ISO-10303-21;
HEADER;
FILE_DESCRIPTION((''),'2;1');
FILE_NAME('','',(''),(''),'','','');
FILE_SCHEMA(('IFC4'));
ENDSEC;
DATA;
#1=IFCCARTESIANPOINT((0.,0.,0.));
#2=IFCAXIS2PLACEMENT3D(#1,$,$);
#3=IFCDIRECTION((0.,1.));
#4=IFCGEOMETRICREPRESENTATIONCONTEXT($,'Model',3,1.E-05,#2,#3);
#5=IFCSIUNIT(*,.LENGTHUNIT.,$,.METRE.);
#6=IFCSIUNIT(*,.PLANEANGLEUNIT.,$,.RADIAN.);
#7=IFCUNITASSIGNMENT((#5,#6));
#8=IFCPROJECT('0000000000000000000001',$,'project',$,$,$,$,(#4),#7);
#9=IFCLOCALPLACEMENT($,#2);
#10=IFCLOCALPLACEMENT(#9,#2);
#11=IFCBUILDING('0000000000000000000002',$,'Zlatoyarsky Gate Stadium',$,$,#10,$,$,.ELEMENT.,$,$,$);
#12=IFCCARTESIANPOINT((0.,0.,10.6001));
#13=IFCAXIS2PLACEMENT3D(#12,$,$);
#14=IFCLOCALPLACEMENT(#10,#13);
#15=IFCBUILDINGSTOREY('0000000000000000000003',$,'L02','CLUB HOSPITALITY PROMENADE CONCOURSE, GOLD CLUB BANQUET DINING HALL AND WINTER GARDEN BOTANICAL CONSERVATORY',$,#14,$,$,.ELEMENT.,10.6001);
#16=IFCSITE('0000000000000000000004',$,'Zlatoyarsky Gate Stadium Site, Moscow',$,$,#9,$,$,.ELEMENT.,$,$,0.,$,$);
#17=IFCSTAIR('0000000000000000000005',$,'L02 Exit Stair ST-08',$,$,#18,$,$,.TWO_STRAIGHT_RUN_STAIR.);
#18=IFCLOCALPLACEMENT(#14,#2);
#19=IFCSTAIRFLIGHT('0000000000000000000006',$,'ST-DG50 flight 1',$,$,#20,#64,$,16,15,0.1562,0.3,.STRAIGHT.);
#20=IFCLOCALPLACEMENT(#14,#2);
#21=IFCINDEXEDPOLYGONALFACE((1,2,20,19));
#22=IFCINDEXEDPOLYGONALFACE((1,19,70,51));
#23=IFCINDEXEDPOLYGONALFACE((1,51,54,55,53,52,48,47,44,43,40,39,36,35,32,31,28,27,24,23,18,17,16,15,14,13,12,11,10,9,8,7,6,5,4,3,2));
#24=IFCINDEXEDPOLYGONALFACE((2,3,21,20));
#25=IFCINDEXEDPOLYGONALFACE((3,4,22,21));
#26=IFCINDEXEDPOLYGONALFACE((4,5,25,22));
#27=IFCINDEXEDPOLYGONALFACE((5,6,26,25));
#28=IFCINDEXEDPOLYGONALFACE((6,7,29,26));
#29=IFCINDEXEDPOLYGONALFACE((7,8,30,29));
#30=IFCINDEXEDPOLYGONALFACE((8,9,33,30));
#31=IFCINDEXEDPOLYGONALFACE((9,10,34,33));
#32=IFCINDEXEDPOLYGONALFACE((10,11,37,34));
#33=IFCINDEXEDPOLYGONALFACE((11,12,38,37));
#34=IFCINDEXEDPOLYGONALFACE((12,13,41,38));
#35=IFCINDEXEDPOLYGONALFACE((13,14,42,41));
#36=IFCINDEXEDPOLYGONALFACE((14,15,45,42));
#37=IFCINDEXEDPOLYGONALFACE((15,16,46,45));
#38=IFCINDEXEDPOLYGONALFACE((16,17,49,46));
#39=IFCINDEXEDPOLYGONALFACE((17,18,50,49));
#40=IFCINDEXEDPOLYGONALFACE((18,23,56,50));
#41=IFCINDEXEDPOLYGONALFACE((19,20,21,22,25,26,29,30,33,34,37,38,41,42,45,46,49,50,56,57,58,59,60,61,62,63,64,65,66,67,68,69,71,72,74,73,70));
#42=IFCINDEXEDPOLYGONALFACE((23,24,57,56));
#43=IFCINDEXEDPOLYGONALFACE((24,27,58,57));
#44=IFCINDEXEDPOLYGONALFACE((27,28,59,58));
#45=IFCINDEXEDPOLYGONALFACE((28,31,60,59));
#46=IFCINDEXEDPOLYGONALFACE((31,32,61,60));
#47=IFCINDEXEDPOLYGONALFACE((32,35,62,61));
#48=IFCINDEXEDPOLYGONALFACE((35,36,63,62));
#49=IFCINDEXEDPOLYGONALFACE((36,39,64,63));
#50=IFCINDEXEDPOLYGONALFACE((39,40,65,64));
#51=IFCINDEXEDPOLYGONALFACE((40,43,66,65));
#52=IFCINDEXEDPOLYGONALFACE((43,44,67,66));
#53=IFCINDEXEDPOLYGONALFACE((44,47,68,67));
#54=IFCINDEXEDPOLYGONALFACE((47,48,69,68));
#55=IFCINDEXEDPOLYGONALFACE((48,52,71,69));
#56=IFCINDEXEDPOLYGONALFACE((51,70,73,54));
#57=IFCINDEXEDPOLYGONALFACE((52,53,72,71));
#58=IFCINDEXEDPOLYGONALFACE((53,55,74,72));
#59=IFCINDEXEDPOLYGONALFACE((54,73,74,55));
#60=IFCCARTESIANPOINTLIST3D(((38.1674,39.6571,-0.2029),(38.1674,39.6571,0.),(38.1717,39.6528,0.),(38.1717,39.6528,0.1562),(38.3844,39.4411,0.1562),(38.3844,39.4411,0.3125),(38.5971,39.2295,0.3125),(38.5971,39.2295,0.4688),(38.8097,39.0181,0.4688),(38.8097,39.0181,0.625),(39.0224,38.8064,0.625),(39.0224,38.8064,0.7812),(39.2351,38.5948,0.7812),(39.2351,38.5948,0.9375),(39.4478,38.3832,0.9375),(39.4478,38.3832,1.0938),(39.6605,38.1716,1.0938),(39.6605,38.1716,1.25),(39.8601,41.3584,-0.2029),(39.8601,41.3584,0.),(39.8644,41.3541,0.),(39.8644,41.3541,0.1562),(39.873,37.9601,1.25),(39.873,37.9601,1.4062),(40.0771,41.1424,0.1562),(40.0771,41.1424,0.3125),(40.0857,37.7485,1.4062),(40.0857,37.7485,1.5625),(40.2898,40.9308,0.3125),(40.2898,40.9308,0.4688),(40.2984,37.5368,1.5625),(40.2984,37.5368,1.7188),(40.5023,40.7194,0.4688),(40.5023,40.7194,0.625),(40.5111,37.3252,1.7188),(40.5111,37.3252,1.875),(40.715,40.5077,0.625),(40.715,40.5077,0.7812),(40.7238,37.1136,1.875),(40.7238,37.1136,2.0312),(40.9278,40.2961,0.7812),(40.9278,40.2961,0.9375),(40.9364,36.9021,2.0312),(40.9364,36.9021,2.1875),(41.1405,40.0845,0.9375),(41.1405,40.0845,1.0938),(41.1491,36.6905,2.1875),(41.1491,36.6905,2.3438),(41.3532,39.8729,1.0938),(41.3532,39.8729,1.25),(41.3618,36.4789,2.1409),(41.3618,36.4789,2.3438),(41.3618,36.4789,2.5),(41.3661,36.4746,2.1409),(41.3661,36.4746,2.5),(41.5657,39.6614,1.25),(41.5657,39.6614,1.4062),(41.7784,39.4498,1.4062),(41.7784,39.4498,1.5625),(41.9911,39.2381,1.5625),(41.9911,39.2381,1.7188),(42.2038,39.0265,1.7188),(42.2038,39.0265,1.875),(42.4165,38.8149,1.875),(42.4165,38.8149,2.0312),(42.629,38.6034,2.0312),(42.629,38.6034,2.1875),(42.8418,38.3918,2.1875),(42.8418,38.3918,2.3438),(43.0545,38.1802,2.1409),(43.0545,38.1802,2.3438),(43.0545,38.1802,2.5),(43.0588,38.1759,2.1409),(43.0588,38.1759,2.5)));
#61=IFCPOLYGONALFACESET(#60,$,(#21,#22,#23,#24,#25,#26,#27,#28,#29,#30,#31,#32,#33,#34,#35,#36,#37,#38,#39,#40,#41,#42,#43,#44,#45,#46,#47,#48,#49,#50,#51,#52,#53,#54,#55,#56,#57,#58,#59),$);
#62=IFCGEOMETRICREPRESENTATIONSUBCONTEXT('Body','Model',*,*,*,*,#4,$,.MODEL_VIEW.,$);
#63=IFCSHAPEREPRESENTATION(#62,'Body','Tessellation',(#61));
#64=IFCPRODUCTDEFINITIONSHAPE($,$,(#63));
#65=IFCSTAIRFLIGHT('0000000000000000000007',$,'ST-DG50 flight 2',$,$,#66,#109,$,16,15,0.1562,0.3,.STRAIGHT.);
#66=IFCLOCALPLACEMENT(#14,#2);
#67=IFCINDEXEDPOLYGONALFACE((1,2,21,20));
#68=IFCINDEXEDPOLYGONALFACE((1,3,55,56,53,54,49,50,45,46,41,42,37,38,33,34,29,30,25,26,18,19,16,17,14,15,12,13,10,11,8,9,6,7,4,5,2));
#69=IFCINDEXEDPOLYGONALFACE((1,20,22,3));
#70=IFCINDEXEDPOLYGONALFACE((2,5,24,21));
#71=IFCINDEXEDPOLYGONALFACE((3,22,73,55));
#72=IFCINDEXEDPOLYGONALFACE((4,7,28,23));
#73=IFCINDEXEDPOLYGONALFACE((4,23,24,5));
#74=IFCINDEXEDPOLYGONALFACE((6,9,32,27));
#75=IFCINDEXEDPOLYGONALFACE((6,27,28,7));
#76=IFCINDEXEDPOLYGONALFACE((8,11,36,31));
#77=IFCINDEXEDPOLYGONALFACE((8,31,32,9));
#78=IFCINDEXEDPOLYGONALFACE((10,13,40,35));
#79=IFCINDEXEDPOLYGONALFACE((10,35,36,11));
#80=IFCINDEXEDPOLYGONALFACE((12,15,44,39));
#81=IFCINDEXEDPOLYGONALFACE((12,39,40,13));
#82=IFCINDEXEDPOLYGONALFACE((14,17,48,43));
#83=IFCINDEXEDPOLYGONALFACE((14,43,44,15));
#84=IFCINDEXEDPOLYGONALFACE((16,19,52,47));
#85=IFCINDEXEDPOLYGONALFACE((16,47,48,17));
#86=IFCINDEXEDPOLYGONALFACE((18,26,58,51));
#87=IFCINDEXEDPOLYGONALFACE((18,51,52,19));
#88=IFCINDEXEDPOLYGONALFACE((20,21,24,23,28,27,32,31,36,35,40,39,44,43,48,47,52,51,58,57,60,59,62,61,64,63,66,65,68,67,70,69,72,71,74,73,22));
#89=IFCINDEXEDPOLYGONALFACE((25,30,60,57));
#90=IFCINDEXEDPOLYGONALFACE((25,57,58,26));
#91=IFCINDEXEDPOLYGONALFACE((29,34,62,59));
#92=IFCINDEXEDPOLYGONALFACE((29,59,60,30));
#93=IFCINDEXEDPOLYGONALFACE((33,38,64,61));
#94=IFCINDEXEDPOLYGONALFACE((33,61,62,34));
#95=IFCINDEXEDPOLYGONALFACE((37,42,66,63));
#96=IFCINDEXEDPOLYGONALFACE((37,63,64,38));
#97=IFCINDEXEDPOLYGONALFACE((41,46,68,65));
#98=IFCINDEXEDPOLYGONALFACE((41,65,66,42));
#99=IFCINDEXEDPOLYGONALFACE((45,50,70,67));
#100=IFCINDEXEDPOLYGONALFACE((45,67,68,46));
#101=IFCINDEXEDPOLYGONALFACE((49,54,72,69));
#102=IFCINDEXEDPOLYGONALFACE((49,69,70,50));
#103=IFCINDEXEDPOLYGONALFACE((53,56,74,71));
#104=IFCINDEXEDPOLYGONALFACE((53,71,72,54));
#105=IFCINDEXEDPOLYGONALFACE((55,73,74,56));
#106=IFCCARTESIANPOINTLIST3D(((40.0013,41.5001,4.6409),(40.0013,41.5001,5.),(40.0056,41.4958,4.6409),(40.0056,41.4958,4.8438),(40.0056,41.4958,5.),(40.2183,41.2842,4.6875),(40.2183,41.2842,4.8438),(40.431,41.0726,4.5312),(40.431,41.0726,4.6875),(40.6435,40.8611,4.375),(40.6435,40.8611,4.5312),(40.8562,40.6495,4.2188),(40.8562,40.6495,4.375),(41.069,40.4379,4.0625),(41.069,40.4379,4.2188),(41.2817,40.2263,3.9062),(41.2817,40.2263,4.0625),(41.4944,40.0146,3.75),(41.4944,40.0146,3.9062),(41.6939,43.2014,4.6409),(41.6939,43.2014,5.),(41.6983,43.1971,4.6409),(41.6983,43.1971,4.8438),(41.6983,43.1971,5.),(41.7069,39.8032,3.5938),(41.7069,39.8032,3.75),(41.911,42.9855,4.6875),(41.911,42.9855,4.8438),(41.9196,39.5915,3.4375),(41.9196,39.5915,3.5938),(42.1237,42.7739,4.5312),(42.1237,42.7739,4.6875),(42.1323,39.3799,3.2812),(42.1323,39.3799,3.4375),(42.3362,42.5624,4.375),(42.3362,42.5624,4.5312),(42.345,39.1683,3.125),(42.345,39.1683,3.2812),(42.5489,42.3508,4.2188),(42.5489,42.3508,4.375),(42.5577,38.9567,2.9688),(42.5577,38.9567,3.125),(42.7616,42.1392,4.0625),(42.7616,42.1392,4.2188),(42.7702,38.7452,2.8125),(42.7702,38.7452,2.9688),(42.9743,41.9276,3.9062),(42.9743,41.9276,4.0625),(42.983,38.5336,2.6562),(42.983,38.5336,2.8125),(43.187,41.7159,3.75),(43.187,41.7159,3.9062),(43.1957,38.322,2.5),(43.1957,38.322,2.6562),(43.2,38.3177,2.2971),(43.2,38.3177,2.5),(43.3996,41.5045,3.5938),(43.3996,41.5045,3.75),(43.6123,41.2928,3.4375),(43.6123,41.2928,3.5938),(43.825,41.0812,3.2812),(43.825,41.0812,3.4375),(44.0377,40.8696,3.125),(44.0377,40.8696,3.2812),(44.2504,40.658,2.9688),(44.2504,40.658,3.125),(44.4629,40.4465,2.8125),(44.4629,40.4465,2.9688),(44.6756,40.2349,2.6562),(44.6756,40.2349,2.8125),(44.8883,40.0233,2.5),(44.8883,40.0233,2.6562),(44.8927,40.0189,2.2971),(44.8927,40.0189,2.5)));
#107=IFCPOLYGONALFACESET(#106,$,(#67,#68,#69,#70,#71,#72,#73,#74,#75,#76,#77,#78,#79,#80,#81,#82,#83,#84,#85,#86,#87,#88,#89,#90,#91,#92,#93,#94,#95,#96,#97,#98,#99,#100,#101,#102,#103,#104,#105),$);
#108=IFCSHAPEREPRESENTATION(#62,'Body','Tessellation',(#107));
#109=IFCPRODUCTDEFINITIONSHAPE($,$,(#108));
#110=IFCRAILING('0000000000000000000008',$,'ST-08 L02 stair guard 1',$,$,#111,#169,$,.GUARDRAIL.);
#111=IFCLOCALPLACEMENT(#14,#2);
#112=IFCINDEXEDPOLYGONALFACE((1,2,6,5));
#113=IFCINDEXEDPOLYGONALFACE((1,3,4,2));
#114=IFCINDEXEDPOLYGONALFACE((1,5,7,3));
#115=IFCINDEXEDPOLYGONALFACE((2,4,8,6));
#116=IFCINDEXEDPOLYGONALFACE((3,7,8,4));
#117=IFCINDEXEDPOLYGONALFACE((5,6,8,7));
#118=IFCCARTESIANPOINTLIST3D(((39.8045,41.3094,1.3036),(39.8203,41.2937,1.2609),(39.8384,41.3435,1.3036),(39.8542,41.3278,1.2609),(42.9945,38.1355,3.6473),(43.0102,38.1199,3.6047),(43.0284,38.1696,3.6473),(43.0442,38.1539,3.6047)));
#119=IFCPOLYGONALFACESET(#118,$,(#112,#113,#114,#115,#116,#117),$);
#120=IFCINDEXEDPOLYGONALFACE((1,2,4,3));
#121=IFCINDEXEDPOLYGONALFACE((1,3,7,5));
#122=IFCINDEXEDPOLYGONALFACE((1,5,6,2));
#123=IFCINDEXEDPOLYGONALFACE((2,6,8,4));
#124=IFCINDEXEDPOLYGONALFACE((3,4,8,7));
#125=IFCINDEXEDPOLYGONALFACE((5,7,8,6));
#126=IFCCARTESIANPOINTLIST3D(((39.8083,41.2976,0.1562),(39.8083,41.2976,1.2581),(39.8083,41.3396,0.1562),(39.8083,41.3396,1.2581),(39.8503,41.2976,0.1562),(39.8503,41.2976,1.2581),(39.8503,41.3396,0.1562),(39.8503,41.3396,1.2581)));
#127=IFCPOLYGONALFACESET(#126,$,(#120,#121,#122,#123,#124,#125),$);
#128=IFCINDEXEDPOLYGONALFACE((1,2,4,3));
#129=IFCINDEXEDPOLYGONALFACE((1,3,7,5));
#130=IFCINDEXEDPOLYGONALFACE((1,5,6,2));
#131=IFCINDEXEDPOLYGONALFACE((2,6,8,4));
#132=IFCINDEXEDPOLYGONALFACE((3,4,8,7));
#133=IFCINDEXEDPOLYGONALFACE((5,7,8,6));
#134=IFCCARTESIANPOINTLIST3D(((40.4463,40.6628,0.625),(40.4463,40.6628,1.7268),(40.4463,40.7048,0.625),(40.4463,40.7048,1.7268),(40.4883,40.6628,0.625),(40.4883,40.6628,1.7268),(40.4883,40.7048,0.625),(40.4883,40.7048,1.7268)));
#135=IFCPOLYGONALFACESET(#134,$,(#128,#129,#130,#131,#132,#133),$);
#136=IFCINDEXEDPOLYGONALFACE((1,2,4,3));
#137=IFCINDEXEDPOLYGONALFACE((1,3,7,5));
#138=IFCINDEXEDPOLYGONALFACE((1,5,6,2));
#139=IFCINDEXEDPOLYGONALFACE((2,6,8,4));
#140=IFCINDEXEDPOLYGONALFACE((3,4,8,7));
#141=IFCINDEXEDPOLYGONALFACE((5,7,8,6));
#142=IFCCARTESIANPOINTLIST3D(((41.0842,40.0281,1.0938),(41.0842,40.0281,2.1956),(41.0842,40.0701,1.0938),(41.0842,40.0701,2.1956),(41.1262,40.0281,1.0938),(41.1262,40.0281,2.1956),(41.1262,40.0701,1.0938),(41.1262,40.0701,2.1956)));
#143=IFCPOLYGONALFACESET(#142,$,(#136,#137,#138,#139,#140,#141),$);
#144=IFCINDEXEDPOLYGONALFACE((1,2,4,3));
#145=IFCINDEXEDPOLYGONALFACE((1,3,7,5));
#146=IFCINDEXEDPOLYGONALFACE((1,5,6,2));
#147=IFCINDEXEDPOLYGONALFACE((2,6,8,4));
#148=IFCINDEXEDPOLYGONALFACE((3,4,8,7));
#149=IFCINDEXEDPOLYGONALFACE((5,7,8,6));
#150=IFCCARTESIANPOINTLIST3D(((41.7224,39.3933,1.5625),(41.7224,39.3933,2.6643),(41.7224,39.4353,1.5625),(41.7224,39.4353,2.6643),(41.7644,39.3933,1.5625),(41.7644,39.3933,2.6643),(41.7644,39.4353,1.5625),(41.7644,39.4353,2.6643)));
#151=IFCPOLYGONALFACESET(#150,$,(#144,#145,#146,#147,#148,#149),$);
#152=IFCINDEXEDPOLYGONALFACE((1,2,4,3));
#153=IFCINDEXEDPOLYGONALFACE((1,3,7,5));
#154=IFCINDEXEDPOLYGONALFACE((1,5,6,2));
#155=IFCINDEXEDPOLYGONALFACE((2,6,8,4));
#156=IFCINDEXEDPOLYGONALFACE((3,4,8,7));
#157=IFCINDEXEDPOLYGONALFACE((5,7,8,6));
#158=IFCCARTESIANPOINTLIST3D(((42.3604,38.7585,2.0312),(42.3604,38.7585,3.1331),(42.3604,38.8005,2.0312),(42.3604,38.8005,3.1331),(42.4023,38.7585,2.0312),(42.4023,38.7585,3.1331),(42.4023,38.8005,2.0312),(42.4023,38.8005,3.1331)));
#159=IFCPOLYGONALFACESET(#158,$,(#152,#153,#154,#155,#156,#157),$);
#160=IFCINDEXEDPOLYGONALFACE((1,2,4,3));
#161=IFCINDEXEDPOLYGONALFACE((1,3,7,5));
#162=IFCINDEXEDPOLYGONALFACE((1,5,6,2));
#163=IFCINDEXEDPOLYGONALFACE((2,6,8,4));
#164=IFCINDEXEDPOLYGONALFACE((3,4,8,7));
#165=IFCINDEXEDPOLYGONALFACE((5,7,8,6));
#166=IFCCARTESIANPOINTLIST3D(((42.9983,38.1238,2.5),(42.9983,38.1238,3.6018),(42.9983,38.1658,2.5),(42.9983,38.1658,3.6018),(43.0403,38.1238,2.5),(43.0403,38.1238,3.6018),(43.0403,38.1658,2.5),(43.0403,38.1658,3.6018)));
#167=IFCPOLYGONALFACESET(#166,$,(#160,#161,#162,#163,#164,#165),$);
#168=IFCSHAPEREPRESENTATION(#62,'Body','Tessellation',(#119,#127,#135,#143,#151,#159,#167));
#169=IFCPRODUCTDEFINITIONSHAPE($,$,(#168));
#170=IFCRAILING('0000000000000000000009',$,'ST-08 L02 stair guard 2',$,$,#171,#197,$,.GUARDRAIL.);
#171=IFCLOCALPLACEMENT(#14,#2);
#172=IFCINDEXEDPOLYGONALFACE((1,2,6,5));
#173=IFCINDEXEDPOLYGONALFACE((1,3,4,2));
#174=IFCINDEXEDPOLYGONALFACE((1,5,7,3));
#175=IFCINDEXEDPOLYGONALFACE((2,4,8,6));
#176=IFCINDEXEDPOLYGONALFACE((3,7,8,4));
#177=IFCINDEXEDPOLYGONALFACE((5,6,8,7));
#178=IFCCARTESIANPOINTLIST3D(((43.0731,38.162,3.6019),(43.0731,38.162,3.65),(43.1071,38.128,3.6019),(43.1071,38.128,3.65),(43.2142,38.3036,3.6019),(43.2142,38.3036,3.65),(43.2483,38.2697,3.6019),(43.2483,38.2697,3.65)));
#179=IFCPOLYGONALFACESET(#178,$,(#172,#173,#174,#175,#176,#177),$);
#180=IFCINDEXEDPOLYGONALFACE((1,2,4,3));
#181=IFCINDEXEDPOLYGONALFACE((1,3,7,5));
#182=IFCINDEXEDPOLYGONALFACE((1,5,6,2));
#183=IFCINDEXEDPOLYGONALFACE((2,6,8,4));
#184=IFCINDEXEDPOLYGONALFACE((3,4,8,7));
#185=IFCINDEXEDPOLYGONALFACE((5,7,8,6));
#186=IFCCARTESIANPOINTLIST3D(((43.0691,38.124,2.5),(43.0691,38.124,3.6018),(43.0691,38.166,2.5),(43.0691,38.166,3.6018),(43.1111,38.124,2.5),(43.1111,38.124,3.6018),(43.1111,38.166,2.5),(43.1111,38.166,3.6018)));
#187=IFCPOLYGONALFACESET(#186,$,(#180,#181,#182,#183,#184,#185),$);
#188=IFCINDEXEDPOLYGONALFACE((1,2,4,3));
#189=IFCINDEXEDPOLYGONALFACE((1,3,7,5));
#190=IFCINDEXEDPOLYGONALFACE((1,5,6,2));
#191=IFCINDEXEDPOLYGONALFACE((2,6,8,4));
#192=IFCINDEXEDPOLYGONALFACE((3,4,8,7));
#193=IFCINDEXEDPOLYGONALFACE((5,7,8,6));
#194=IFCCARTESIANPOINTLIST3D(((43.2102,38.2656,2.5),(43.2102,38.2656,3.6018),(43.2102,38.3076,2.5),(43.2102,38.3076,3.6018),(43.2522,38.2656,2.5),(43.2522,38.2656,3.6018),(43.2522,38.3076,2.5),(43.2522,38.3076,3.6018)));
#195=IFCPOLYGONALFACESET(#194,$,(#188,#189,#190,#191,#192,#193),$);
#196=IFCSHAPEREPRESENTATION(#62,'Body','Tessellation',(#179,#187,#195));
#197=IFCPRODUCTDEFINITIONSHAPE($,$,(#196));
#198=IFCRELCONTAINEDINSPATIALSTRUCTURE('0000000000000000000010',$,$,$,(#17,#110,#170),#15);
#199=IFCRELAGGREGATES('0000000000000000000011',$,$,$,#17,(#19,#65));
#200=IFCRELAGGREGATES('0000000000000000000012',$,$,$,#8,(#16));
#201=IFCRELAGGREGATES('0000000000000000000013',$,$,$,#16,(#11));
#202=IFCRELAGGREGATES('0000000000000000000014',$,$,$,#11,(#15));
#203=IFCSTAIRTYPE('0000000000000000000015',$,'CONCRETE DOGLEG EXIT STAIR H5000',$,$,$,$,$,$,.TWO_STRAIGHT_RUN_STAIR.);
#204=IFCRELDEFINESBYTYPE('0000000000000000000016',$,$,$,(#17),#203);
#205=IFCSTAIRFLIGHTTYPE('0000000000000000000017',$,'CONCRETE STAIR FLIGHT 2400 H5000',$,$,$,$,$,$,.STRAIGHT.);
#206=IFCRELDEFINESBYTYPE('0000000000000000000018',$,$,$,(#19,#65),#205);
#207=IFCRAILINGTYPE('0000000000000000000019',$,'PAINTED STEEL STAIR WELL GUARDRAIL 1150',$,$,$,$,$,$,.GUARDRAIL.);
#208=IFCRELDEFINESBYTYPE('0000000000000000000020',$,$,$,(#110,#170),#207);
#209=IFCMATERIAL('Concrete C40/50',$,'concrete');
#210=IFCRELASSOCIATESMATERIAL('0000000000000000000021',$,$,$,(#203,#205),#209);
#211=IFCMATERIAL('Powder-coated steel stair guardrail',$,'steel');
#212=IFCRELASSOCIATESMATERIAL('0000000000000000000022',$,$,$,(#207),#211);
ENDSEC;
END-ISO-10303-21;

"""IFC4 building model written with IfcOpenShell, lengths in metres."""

from ifc_helpers import new_model, si_unit, direction, frame, origin, origin_2d, place, context, subcontext, project, spatial, polyline, rectangle, outline, extrude, material, type_object, element, aggregate, save


model = new_model("IFC4")

# Units and contexts
model_context = context("Model", 3, precision=1e-05, world=origin(), true_north=direction((0.0, 1.0)))
body_context = subcontext(model_context, "Body", "Model", "MODEL_VIEW")
ifc_project = project(units=[si_unit("LENGTHUNIT", "METRE"), si_unit("PLANEANGLEUNIT", "RADIAN")], contexts=[model_context])

# Site, building, storey
site_placement = place(None, origin())
site = spatial("IfcSite", under=ifc_project, at=site_placement, Name="Zlatoyarsky Gate Stadium Site, Moscow", CompositionType="ELEMENT", RefElevation=0.0)
building_placement = place(site_placement, origin())
building = spatial("IfcBuilding", under=site, at=building_placement, Name="Zlatoyarsky Gate Stadium", CompositionType="ELEMENT")
storey_placement = place(building_placement, frame((0.0, 0.0, 10.6001)))
storey = spatial("IfcBuildingStorey", under=building, at=storey_placement, Name="L02", Description="CLUB HOSPITALITY PROMENADE CONCOURSE, GOLD CLUB BANQUET DINING HALL AND WINTER GARDEN BOTANICAL CONSERVATORY", CompositionType="ELEMENT", Elevation=10.6001)

# Shared definitions
ifc_material_1 = material(Name="Concrete C40/50", Category="concrete")

# Stair, stair flights
stair_type = type_object("IfcStairType", Name="CONCRETE DOGLEG EXIT STAIR H5000", PredefinedType="TWO_STRAIGHT_RUN_STAIR", material=ifc_material_1)
stair_placement = place(storey_placement, origin())
stair = element("IfcStair", 1, at=stair_placement, inside=storey, type_object=stair_type, Name="L02 Exit Stair ST-08", PredefinedType="TWO_STRAIGHT_RUN_STAIR")
stair_flight_type = type_object("IfcStairFlightType", Name="CONCRETE STAIR FLIGHT 2400 H5000", PredefinedType="STRAIGHT", material=ifc_material_1)
stair_flight_1_placement = place(storey_placement, frame((39.0181, 40.5034, 0.0), z_axis=(0.0, 0.0, 1.0), x_axis=(0.708901, -0.705308, 0.0)))
stair_flight_1 = element("IfcStairFlight", 2, at=stair_flight_1_placement, type_object=stair_flight_type, Name="ST-DG50 flight 1", NumberOfRisers=16, NumberOfTreads=15, PredefinedType="STRAIGHT", RiserHeight=0.1562, TreadLength=0.3, context=body_context, shape_type="SweptSolid", body=[
    extrude(outline(polyline([(-0.0061, -0.2029), (-0.0061, 0.0), (0.0, 0.0), (0.0, 0.1562), (0.3, 0.1562), (0.3, 0.3125), (0.6001, 0.3125), (0.6001, 0.4688), (0.8999, 0.4688), (0.8999, 0.625), (1.2, 0.625), (1.2, 0.7812), (1.5, 0.7812), (1.5, 0.9375), (1.8, 0.9375), (1.8, 1.0938), (2.1001, 1.0938), (2.1001, 1.25), (2.3999, 1.25), (2.3999, 1.4062), (2.7, 1.4062), (2.7, 1.5625), (3.0, 1.5625), (3.0, 1.7188), (3.3, 1.7188), (3.3, 1.875), (3.6001, 1.875), (3.6001, 2.0312), (3.8999, 2.0312), (3.8999, 2.1875), (4.2, 2.1875), (4.2, 2.3438), (4.5, 2.3438), (4.5, 2.5), (4.5061, 2.5), (4.5061, 2.1409), (4.5, 2.1409), (-0.0061, -0.2029)])), frame((0.0, 1.2, 0.0), z_axis=(0.0, -1.0, 0.0), x_axis=(1.0, 0.0, 0.0)), (0.0, 0.0, 1.0), 2.3999),
])
stair_flight_2_placement = place(storey_placement, frame((44.042, 39.1726, 2.5), z_axis=(0.0, 0.0, 1.0), x_axis=(-0.708901, 0.705308, 0.0)))
stair_flight_2 = element("IfcStairFlight", 3, at=stair_flight_2_placement, type_object=stair_flight_type, Name="ST-DG50 flight 2", NumberOfRisers=16, NumberOfTreads=15, PredefinedType="STRAIGHT", RiserHeight=0.1562, TreadLength=0.3, context=body_context, shape_type="SweptSolid", body=[
    extrude(outline(polyline([(-0.0061, -0.2029), (-0.0061, 0.0), (0.0, 0.0), (0.0, 0.1562), (0.3, 0.1562), (0.3, 0.3125), (0.6001, 0.3125), (0.6001, 0.4688), (0.8999, 0.4688), (0.8999, 0.625), (1.2, 0.625), (1.2, 0.7812), (1.5, 0.7812), (1.5, 0.9375), (1.8, 0.9375), (1.8, 1.0938), (2.1001, 1.0938), (2.1001, 1.25), (2.3999, 1.25), (2.3999, 1.4062), (2.7, 1.4062), (2.7, 1.5625), (3.0, 1.5625), (3.0, 1.7188), (3.3, 1.7188), (3.3, 1.875), (3.6001, 1.875), (3.6001, 2.0312), (3.8999, 2.0312), (3.8999, 2.1875), (4.2, 2.1875), (4.2, 2.3438), (4.5, 2.3438), (4.5, 2.5), (4.5061, 2.5), (4.5061, 2.1409), (4.5, 2.1409), (-0.0061, -0.2029)])), frame((0.0, 1.2, 0.0), z_axis=(0.0, -1.0, 0.0), x_axis=(1.0, 0.0, 0.0)), (0.0, 0.0, 1.0), 2.3999),
])
aggregate(stair, [stair_flight_1, stair_flight_2])

# Railings
ifc_material_2 = material(Name="Powder-coated steel stair guardrail", Category="steel")
railing_type_1 = type_object("IfcRailingType", Name="PAINTED STEEL STAIR WELL GUARDRAIL 1150", PredefinedType="GUARDRAIL", material=ifc_material_2)
railing_1_placement = place(storey_placement, frame((39.8293, 41.3186, 0.1562)))
element("IfcRailing", 4, at=railing_1_placement, inside=storey, type_object=railing_type_1, Name="ST-08 L02 stair guard 1", PredefinedType="GUARDRAIL", context=body_context, shape_type="SweptSolid", body=[
    extrude(rectangle(XDim=0.0481, YDim=0.0481, at=origin_2d()), frame((0.0, 0.0, 1.126), z_axis=(0.628725, -0.625549, 0.461944), x_axis=(0.705314, 0.708895, 0.0)), (0.0, 0.0, 1.0), 5.0737),
    extrude(rectangle(XDim=0.042, YDim=0.042, at=origin_2d()), origin(), (0.0, 0.0, 1.0), 1.1018),
    extrude(rectangle(XDim=0.042, YDim=0.042, at=origin_2d()), frame((0.6379, -0.6348, 0.4688)), (0.0, 0.0, 1.0), 1.1018),
    extrude(rectangle(XDim=0.042, YDim=0.042, at=origin_2d()), frame((1.2759, -1.2695, 0.9375)), (0.0, 0.0, 1.0), 1.1018),
    extrude(rectangle(XDim=0.042, YDim=0.042, at=origin_2d()), frame((1.9141, -1.9043, 1.4062)), (0.0, 0.0, 1.0), 1.1018),
    extrude(rectangle(XDim=0.042, YDim=0.042, at=origin_2d()), frame((2.552, -2.5391, 1.875)), (0.0, 0.0, 1.0), 1.1018),
    extrude(rectangle(XDim=0.042, YDim=0.042, at=origin_2d()), frame((3.1899, -3.1738, 2.3438)), (0.0, 0.0, 1.0), 1.1018),
])
railing_2_placement = place(storey_placement, frame((43.0901, 38.145, 2.5)))
element("IfcRailing", 5, at=railing_2_placement, inside=storey, type_object=railing_type_1, Name="ST-08 L02 stair guard 2", PredefinedType="GUARDRAIL", context=body_context, shape_type="SweptSolid", body=[
    extrude(rectangle(XDim=0.0481, YDim=0.0481, at=origin_2d()), frame((0.0, 0.0, 1.126), z_axis=(0.705884, 0.708327, 0.0), x_axis=(-0.708327, 0.705884, 0.0)), (0.0, 0.0, 1.0), 0.2),
    extrude(rectangle(XDim=0.042, YDim=0.042, at=origin_2d()), origin(), (0.0, 0.0, 1.0), 1.1018),
    extrude(rectangle(XDim=0.042, YDim=0.042, at=origin_2d()), frame((0.1411, 0.1416, 0.0)), (0.0, 0.0, 1.0), 1.1018),
])

save(model, "model.ifc")
